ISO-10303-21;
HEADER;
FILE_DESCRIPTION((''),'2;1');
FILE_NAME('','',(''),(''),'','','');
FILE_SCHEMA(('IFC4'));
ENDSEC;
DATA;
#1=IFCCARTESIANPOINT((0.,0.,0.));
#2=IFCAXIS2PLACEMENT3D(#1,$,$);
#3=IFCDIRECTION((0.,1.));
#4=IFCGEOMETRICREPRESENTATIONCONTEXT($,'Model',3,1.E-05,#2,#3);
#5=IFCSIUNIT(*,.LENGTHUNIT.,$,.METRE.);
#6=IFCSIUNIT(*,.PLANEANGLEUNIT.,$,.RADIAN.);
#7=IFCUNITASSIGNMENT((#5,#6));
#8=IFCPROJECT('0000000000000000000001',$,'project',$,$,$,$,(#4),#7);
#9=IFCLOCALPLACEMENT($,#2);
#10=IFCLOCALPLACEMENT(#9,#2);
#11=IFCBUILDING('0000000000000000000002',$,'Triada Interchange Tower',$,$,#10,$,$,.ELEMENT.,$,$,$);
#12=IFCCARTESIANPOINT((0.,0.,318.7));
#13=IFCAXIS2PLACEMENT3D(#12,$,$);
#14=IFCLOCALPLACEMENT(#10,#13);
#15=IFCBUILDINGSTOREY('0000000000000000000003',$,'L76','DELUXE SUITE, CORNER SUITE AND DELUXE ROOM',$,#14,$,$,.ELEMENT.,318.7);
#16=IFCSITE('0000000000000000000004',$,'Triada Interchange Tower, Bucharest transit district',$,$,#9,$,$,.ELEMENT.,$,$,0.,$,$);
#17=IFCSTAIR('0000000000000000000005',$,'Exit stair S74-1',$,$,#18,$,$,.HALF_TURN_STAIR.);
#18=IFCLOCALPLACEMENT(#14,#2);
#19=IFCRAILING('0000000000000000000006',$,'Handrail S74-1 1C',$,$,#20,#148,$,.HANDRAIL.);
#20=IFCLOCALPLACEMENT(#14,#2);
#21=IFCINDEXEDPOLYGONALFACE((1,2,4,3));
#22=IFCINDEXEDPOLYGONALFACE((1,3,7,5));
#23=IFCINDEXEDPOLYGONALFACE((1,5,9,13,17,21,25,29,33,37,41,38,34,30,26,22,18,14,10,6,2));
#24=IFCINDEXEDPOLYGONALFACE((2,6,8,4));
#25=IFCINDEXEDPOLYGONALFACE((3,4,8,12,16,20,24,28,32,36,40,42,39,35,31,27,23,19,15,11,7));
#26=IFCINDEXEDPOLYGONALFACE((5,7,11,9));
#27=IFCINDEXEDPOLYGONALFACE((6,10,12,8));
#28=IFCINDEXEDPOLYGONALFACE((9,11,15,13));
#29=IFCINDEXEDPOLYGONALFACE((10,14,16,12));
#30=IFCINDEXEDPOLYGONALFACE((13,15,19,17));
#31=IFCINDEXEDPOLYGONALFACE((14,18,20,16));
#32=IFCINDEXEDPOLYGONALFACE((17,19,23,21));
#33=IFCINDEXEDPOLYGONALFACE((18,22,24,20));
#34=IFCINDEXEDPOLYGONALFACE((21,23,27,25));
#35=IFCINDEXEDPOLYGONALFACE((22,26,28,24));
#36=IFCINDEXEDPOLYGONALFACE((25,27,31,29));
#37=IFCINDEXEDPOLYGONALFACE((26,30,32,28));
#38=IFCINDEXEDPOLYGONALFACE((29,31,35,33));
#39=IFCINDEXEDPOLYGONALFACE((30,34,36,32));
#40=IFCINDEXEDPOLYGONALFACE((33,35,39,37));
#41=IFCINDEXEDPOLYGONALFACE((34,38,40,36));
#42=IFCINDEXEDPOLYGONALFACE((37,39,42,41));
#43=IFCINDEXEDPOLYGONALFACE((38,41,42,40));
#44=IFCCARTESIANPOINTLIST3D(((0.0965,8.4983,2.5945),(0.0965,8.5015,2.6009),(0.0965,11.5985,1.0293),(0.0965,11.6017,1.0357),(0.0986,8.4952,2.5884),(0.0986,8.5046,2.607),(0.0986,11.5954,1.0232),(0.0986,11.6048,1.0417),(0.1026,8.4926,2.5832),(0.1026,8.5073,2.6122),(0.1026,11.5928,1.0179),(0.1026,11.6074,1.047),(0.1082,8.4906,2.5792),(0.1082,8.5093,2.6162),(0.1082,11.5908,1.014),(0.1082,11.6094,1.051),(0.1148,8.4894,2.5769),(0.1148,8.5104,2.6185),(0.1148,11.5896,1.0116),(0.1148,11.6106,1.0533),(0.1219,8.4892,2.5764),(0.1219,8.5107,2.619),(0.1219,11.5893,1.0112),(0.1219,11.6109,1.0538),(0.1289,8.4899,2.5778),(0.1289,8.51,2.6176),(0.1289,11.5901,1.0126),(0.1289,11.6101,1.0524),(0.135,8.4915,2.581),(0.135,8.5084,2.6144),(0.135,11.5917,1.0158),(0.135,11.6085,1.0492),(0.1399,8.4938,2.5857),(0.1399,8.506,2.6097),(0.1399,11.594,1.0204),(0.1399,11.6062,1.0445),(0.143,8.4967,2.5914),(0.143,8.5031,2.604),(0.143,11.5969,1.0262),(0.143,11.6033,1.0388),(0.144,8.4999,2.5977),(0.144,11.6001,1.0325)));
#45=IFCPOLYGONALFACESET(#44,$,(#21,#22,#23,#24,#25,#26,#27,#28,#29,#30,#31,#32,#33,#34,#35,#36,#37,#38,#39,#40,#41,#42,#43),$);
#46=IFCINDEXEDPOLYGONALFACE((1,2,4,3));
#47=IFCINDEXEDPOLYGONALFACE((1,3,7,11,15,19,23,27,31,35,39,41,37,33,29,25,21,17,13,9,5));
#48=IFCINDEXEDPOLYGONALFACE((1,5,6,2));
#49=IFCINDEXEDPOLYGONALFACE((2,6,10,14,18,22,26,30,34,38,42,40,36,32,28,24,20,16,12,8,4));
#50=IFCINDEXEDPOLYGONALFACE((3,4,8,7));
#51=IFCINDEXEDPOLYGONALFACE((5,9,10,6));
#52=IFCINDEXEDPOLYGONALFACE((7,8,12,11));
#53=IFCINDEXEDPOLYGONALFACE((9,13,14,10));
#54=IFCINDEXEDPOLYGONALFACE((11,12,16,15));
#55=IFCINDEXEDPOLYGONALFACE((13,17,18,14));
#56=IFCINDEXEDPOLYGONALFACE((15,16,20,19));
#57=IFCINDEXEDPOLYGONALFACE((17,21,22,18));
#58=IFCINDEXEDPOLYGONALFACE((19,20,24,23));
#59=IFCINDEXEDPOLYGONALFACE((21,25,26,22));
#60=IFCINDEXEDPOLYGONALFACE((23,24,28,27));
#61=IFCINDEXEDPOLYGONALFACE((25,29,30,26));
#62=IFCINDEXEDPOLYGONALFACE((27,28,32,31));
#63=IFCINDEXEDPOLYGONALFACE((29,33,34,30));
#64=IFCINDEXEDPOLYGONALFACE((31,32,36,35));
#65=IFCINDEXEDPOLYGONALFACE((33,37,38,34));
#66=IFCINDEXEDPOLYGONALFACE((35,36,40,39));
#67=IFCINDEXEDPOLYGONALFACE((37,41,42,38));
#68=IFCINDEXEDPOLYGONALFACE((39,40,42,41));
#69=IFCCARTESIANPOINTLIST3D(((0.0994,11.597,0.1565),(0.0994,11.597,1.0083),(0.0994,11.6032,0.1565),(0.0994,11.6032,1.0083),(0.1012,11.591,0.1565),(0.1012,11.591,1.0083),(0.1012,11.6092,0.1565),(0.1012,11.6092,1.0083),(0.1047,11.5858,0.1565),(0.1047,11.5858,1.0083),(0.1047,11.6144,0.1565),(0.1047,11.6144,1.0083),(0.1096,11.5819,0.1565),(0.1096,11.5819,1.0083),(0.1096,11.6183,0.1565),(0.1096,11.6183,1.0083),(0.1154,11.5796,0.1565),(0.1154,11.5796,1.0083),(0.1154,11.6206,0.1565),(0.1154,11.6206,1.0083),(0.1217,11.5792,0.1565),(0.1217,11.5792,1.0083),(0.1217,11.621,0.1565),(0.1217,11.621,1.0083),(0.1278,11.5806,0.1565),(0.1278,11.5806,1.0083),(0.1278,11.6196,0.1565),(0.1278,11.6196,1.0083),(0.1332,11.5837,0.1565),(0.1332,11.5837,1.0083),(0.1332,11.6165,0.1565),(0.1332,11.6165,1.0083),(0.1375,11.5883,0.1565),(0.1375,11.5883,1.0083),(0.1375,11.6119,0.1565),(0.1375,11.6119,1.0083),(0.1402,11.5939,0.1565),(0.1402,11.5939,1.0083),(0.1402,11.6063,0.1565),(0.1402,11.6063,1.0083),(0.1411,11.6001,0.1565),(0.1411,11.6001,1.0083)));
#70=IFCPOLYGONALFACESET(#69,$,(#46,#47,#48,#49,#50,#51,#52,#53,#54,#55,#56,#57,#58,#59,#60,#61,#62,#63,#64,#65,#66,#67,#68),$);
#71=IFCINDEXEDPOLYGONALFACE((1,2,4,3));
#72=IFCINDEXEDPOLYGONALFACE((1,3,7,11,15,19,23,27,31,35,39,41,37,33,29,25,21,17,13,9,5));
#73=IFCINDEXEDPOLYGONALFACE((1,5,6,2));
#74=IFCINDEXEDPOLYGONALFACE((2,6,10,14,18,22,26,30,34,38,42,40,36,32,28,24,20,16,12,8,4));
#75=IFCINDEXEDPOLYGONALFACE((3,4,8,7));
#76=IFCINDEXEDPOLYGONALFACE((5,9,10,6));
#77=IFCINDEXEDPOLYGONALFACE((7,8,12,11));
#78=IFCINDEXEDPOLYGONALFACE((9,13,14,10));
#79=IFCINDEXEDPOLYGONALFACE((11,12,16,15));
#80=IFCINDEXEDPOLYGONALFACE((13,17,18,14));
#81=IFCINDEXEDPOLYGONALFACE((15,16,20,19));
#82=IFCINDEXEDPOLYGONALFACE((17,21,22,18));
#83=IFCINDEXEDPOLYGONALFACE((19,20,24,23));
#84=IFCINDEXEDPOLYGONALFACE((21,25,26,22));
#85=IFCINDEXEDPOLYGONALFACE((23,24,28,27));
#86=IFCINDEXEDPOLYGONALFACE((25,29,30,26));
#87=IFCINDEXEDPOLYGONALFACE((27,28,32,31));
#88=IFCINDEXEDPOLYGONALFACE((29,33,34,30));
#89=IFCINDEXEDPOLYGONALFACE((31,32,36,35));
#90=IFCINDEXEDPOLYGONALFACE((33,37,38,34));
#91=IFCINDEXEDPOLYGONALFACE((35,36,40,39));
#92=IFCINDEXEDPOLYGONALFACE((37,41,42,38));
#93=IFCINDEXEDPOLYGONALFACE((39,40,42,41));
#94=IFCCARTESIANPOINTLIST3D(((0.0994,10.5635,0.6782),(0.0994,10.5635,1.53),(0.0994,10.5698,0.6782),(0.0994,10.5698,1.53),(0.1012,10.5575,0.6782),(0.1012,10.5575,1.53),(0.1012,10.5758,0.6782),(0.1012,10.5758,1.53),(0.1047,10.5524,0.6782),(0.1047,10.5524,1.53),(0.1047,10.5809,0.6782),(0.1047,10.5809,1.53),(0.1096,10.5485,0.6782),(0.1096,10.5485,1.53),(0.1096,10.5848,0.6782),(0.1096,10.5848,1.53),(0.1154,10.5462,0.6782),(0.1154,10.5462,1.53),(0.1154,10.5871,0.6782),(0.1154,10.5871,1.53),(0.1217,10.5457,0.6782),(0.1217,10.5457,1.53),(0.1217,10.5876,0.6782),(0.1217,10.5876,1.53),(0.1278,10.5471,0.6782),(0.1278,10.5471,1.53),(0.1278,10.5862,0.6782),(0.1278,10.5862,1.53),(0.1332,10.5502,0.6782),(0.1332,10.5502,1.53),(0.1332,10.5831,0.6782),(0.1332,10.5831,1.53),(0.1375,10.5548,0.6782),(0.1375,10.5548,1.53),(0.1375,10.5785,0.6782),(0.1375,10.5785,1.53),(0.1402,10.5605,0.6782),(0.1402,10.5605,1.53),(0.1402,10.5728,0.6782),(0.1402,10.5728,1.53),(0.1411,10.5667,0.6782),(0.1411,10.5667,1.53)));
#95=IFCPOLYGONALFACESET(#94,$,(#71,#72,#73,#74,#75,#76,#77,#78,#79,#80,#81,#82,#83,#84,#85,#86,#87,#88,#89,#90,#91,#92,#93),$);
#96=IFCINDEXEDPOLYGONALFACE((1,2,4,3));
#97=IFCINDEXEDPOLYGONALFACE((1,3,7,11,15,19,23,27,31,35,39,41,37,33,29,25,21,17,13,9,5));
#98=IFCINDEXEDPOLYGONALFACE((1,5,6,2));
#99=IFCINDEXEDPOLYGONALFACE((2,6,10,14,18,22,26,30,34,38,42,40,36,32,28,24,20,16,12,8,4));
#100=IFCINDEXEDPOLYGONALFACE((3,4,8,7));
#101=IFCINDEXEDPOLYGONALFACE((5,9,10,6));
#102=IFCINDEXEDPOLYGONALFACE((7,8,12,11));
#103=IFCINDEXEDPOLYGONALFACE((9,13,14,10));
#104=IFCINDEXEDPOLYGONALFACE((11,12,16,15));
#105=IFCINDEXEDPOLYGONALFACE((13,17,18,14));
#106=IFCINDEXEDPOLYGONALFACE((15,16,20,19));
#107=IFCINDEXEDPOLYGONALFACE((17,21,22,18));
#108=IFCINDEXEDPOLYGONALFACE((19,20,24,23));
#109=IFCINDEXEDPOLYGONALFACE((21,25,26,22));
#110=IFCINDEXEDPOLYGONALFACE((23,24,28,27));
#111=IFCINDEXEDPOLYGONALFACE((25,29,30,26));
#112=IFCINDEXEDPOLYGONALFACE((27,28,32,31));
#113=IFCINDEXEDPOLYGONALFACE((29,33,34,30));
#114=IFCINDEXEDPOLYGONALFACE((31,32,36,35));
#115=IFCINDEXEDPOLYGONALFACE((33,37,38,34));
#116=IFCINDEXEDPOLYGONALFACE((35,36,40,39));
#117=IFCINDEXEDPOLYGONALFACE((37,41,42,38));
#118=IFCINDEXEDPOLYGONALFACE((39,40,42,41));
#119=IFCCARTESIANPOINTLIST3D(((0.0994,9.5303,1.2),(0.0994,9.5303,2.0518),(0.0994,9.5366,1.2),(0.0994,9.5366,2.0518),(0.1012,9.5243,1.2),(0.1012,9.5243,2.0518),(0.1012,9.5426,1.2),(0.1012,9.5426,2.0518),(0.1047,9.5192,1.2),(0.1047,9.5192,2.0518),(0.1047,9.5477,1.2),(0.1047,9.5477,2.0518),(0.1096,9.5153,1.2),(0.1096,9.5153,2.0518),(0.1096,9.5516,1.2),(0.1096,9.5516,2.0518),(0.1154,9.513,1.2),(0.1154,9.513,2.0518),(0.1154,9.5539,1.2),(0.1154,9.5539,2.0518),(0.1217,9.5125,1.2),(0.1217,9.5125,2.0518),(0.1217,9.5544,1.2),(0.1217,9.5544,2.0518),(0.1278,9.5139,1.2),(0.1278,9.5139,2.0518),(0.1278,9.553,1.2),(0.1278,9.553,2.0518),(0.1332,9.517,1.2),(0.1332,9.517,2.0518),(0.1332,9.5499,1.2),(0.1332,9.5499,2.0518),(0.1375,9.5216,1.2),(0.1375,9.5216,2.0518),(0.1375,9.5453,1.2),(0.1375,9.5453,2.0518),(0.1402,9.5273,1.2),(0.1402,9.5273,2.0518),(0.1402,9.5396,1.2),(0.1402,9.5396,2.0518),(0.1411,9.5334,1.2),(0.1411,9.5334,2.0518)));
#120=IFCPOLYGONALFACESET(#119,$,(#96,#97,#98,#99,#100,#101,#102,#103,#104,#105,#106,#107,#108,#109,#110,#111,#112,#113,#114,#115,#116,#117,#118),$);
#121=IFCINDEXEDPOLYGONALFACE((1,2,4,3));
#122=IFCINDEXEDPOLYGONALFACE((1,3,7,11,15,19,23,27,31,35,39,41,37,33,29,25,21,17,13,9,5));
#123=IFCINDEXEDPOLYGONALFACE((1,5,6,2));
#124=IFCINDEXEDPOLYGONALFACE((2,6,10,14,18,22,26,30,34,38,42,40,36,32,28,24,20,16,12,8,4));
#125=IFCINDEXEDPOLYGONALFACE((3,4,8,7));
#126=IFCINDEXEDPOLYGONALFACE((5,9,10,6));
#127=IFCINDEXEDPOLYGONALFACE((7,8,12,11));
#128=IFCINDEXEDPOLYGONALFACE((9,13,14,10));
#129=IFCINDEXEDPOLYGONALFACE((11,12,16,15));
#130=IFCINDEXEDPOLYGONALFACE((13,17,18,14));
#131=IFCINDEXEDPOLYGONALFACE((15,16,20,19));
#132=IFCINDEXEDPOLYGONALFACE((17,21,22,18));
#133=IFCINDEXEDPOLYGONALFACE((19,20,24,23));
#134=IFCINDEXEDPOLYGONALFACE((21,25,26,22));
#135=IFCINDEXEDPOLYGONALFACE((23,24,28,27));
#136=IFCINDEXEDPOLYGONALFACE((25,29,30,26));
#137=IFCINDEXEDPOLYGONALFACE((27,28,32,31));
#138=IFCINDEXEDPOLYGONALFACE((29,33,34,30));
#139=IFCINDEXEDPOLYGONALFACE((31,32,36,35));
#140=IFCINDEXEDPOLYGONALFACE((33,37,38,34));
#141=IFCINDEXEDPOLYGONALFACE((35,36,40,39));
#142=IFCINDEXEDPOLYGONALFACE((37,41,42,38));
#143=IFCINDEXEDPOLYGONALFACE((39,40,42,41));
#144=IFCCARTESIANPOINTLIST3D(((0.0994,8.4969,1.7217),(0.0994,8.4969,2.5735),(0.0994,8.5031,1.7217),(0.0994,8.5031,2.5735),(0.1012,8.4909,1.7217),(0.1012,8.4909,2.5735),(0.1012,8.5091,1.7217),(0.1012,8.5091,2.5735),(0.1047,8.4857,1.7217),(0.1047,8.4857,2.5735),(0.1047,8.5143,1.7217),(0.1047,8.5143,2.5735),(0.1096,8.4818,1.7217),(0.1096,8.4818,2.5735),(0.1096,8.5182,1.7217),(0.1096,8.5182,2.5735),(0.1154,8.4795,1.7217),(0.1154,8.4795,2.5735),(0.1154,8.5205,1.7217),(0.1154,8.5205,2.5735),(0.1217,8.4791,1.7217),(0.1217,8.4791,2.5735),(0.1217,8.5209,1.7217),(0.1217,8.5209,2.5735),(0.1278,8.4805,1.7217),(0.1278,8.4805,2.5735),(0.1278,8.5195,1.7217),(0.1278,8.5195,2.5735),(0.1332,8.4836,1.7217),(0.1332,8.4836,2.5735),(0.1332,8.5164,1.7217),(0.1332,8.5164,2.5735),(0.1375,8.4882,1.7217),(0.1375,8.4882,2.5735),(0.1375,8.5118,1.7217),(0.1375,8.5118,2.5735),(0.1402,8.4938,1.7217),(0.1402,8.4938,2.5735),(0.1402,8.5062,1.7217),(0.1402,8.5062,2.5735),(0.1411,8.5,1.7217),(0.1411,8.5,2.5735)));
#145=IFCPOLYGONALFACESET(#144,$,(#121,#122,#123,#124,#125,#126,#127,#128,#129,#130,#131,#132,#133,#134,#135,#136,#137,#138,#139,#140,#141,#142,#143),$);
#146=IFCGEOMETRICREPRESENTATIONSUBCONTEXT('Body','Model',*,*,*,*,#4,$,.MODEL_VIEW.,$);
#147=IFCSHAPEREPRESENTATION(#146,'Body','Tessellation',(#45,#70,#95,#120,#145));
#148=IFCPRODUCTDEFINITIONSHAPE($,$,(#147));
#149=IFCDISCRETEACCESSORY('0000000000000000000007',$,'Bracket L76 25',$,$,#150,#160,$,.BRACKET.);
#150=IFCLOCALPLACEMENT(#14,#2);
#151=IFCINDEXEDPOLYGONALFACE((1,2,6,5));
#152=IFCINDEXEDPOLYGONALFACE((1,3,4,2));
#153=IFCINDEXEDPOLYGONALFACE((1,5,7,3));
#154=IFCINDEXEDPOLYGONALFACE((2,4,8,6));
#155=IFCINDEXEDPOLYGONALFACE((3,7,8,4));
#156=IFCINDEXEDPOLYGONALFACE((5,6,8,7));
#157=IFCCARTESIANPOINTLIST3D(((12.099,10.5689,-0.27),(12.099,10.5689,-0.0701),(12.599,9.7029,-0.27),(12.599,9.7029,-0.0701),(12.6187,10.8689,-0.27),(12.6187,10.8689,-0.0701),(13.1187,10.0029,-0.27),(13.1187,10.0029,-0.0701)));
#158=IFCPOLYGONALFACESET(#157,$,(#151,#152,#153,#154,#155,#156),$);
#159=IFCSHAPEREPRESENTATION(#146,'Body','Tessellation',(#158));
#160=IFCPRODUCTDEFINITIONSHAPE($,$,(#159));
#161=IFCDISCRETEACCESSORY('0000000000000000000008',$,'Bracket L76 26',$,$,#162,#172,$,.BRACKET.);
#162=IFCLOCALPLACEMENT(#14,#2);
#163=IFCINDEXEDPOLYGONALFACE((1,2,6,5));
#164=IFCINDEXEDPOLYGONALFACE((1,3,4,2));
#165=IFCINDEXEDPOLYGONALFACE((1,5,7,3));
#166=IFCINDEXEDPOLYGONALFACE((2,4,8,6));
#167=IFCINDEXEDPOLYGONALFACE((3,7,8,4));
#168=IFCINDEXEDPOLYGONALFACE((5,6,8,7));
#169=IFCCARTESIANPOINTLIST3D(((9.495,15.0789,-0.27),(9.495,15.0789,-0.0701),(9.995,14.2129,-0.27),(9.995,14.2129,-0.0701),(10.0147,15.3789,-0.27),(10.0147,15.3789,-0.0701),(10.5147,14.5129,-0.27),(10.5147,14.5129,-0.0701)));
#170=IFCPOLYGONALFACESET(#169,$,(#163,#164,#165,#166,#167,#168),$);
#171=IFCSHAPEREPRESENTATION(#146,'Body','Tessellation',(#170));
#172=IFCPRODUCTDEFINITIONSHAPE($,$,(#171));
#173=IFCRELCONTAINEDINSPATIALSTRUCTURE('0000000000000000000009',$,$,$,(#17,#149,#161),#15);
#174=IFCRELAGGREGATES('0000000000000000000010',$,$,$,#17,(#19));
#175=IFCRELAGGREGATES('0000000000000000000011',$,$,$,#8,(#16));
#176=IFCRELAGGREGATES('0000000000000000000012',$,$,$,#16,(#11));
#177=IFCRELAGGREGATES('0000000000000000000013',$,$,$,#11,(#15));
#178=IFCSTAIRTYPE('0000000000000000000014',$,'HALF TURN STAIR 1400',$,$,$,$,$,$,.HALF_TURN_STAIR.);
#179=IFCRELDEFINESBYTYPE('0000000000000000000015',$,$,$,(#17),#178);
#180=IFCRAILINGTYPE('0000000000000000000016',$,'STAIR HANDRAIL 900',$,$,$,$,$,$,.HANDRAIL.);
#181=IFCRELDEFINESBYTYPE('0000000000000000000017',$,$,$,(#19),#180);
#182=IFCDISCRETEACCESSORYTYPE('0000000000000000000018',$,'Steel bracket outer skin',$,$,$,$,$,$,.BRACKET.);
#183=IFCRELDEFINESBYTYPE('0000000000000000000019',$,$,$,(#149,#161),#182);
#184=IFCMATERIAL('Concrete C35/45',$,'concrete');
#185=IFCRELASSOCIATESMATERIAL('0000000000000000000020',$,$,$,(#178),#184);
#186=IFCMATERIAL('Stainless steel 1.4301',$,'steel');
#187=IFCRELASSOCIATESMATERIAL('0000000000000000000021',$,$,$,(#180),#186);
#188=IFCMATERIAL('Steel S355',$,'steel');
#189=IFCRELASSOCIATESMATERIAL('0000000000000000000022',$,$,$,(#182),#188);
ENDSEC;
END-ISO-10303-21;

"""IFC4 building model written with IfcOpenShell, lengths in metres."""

from ifc_helpers import new_model, si_unit, direction, frame, origin, origin_2d, place, context, subcontext, project, spatial, rectangle, circle, extrude, material, type_object, element, aggregate, save


model = new_model("IFC4")

# Units and contexts
model_context = context("Model", 3, precision=1e-05, world=origin(), true_north=direction((0.0, 1.0)))
body_context = subcontext(model_context, "Body", "Model", "MODEL_VIEW")
ifc_project = project(units=[si_unit("LENGTHUNIT", "METRE"), si_unit("PLANEANGLEUNIT", "RADIAN")], contexts=[model_context])

# Site, building, storey
site_placement = place(None, origin())
site = spatial("IfcSite", under=ifc_project, at=site_placement, Name="Triada Interchange Tower, Bucharest transit district", CompositionType="ELEMENT", RefElevation=0.0)
building_placement = place(site_placement, origin())
building = spatial("IfcBuilding", under=site, at=building_placement, Name="Triada Interchange Tower", CompositionType="ELEMENT")
storey_placement = place(building_placement, frame((0.0, 0.0, 318.7)))
storey = spatial("IfcBuildingStorey", under=building, at=storey_placement, Name="L76", Description="DELUXE SUITE, CORNER SUITE AND DELUXE ROOM", CompositionType="ELEMENT", Elevation=318.7)

# Stair
ifc_material_1 = material(Name="Concrete C35/45", Category="concrete")
stair_type = type_object("IfcStairType", Name="HALF TURN STAIR 1400", PredefinedType="HALF_TURN_STAIR", material=ifc_material_1)
stair_placement = place(storey_placement, origin())
stair = element("IfcStair", 1, at=stair_placement, inside=storey, type_object=stair_type, Name="Exit stair S74-1", PredefinedType="HALF_TURN_STAIR")

# Railing
ifc_material_2 = material(Name="Stainless steel 1.4301", Category="steel")
railing_type = type_object("IfcRailingType", Name="STAIR HANDRAIL 900", PredefinedType="HANDRAIL", material=ifc_material_2)
railing_1_placement = place(storey_placement, frame((0.1201, 11.6001, 0.1565)))
railing_1 = element("IfcRailing", 2, at=railing_1_placement, type_object=railing_type, Name="Handrail S74-1 1C", PredefinedType="HANDRAIL", context=body_context, shape_type="SweptSolid", body=[
    extrude(circle(Radius=0.0239, at=origin_2d()), frame((0.0, 0.0, 0.876), z_axis=(0.0, -0.892677, 0.450697), x_axis=(1.0, 0.0, 0.0)), (0.0, 0.0, 1.0), 3.4729),
    extrude(circle(Radius=0.021, at=origin_2d()), origin(), (0.0, 0.0, 1.0), 0.8518),
    extrude(circle(Radius=0.021, at=origin_2d()), frame((0.0, -1.0334, 0.5217)), (0.0, 0.0, 1.0), 0.8518),
    extrude(circle(Radius=0.021, at=origin_2d()), frame((0.0, -2.0667, 1.0435)), (0.0, 0.0, 1.0), 0.8518),
    extrude(circle(Radius=0.021, at=origin_2d()), frame((0.0, -3.1001, 1.5652)), (0.0, 0.0, 1.0), 0.8518),
])
aggregate(stair, [railing_1])

# Discrete accessories
ifc_material_3 = material(Name="Steel S355", Category="steel")
discrete_accessory_type = type_object("IfcDiscreteAccessoryType", Name="Steel bracket outer skin", PredefinedType="BRACKET", material=ifc_material_3)
for number, where, z_axis, x_axis, name in (
    (3, (12.6089, 10.2859, -0.27), (0.0, 0.0, 1.0), (0.866025, 0.500001, 0.0), "Bracket L76 25"),
    (4, (10.0049, 14.7959, -0.27), (0.0, 0.0, 1.0), (0.866025, 0.500001, 0.0), "Bracket L76 26"),
):
    element("IfcDiscreteAccessory", number, at=place(storey_placement, frame(where, z_axis=z_axis, x_axis=x_axis)), inside=storey, type_object=discrete_accessory_type, Name=name, PredefinedType="BRACKET", context=body_context, shape_type="SweptSolid", body=[
        extrude(rectangle(XDim=0.6001, YDim=1.0, at=origin_2d()), origin(), (0.0, 0.0, 1.0), 0.2),
    ])

save(model, "model.ifc")
